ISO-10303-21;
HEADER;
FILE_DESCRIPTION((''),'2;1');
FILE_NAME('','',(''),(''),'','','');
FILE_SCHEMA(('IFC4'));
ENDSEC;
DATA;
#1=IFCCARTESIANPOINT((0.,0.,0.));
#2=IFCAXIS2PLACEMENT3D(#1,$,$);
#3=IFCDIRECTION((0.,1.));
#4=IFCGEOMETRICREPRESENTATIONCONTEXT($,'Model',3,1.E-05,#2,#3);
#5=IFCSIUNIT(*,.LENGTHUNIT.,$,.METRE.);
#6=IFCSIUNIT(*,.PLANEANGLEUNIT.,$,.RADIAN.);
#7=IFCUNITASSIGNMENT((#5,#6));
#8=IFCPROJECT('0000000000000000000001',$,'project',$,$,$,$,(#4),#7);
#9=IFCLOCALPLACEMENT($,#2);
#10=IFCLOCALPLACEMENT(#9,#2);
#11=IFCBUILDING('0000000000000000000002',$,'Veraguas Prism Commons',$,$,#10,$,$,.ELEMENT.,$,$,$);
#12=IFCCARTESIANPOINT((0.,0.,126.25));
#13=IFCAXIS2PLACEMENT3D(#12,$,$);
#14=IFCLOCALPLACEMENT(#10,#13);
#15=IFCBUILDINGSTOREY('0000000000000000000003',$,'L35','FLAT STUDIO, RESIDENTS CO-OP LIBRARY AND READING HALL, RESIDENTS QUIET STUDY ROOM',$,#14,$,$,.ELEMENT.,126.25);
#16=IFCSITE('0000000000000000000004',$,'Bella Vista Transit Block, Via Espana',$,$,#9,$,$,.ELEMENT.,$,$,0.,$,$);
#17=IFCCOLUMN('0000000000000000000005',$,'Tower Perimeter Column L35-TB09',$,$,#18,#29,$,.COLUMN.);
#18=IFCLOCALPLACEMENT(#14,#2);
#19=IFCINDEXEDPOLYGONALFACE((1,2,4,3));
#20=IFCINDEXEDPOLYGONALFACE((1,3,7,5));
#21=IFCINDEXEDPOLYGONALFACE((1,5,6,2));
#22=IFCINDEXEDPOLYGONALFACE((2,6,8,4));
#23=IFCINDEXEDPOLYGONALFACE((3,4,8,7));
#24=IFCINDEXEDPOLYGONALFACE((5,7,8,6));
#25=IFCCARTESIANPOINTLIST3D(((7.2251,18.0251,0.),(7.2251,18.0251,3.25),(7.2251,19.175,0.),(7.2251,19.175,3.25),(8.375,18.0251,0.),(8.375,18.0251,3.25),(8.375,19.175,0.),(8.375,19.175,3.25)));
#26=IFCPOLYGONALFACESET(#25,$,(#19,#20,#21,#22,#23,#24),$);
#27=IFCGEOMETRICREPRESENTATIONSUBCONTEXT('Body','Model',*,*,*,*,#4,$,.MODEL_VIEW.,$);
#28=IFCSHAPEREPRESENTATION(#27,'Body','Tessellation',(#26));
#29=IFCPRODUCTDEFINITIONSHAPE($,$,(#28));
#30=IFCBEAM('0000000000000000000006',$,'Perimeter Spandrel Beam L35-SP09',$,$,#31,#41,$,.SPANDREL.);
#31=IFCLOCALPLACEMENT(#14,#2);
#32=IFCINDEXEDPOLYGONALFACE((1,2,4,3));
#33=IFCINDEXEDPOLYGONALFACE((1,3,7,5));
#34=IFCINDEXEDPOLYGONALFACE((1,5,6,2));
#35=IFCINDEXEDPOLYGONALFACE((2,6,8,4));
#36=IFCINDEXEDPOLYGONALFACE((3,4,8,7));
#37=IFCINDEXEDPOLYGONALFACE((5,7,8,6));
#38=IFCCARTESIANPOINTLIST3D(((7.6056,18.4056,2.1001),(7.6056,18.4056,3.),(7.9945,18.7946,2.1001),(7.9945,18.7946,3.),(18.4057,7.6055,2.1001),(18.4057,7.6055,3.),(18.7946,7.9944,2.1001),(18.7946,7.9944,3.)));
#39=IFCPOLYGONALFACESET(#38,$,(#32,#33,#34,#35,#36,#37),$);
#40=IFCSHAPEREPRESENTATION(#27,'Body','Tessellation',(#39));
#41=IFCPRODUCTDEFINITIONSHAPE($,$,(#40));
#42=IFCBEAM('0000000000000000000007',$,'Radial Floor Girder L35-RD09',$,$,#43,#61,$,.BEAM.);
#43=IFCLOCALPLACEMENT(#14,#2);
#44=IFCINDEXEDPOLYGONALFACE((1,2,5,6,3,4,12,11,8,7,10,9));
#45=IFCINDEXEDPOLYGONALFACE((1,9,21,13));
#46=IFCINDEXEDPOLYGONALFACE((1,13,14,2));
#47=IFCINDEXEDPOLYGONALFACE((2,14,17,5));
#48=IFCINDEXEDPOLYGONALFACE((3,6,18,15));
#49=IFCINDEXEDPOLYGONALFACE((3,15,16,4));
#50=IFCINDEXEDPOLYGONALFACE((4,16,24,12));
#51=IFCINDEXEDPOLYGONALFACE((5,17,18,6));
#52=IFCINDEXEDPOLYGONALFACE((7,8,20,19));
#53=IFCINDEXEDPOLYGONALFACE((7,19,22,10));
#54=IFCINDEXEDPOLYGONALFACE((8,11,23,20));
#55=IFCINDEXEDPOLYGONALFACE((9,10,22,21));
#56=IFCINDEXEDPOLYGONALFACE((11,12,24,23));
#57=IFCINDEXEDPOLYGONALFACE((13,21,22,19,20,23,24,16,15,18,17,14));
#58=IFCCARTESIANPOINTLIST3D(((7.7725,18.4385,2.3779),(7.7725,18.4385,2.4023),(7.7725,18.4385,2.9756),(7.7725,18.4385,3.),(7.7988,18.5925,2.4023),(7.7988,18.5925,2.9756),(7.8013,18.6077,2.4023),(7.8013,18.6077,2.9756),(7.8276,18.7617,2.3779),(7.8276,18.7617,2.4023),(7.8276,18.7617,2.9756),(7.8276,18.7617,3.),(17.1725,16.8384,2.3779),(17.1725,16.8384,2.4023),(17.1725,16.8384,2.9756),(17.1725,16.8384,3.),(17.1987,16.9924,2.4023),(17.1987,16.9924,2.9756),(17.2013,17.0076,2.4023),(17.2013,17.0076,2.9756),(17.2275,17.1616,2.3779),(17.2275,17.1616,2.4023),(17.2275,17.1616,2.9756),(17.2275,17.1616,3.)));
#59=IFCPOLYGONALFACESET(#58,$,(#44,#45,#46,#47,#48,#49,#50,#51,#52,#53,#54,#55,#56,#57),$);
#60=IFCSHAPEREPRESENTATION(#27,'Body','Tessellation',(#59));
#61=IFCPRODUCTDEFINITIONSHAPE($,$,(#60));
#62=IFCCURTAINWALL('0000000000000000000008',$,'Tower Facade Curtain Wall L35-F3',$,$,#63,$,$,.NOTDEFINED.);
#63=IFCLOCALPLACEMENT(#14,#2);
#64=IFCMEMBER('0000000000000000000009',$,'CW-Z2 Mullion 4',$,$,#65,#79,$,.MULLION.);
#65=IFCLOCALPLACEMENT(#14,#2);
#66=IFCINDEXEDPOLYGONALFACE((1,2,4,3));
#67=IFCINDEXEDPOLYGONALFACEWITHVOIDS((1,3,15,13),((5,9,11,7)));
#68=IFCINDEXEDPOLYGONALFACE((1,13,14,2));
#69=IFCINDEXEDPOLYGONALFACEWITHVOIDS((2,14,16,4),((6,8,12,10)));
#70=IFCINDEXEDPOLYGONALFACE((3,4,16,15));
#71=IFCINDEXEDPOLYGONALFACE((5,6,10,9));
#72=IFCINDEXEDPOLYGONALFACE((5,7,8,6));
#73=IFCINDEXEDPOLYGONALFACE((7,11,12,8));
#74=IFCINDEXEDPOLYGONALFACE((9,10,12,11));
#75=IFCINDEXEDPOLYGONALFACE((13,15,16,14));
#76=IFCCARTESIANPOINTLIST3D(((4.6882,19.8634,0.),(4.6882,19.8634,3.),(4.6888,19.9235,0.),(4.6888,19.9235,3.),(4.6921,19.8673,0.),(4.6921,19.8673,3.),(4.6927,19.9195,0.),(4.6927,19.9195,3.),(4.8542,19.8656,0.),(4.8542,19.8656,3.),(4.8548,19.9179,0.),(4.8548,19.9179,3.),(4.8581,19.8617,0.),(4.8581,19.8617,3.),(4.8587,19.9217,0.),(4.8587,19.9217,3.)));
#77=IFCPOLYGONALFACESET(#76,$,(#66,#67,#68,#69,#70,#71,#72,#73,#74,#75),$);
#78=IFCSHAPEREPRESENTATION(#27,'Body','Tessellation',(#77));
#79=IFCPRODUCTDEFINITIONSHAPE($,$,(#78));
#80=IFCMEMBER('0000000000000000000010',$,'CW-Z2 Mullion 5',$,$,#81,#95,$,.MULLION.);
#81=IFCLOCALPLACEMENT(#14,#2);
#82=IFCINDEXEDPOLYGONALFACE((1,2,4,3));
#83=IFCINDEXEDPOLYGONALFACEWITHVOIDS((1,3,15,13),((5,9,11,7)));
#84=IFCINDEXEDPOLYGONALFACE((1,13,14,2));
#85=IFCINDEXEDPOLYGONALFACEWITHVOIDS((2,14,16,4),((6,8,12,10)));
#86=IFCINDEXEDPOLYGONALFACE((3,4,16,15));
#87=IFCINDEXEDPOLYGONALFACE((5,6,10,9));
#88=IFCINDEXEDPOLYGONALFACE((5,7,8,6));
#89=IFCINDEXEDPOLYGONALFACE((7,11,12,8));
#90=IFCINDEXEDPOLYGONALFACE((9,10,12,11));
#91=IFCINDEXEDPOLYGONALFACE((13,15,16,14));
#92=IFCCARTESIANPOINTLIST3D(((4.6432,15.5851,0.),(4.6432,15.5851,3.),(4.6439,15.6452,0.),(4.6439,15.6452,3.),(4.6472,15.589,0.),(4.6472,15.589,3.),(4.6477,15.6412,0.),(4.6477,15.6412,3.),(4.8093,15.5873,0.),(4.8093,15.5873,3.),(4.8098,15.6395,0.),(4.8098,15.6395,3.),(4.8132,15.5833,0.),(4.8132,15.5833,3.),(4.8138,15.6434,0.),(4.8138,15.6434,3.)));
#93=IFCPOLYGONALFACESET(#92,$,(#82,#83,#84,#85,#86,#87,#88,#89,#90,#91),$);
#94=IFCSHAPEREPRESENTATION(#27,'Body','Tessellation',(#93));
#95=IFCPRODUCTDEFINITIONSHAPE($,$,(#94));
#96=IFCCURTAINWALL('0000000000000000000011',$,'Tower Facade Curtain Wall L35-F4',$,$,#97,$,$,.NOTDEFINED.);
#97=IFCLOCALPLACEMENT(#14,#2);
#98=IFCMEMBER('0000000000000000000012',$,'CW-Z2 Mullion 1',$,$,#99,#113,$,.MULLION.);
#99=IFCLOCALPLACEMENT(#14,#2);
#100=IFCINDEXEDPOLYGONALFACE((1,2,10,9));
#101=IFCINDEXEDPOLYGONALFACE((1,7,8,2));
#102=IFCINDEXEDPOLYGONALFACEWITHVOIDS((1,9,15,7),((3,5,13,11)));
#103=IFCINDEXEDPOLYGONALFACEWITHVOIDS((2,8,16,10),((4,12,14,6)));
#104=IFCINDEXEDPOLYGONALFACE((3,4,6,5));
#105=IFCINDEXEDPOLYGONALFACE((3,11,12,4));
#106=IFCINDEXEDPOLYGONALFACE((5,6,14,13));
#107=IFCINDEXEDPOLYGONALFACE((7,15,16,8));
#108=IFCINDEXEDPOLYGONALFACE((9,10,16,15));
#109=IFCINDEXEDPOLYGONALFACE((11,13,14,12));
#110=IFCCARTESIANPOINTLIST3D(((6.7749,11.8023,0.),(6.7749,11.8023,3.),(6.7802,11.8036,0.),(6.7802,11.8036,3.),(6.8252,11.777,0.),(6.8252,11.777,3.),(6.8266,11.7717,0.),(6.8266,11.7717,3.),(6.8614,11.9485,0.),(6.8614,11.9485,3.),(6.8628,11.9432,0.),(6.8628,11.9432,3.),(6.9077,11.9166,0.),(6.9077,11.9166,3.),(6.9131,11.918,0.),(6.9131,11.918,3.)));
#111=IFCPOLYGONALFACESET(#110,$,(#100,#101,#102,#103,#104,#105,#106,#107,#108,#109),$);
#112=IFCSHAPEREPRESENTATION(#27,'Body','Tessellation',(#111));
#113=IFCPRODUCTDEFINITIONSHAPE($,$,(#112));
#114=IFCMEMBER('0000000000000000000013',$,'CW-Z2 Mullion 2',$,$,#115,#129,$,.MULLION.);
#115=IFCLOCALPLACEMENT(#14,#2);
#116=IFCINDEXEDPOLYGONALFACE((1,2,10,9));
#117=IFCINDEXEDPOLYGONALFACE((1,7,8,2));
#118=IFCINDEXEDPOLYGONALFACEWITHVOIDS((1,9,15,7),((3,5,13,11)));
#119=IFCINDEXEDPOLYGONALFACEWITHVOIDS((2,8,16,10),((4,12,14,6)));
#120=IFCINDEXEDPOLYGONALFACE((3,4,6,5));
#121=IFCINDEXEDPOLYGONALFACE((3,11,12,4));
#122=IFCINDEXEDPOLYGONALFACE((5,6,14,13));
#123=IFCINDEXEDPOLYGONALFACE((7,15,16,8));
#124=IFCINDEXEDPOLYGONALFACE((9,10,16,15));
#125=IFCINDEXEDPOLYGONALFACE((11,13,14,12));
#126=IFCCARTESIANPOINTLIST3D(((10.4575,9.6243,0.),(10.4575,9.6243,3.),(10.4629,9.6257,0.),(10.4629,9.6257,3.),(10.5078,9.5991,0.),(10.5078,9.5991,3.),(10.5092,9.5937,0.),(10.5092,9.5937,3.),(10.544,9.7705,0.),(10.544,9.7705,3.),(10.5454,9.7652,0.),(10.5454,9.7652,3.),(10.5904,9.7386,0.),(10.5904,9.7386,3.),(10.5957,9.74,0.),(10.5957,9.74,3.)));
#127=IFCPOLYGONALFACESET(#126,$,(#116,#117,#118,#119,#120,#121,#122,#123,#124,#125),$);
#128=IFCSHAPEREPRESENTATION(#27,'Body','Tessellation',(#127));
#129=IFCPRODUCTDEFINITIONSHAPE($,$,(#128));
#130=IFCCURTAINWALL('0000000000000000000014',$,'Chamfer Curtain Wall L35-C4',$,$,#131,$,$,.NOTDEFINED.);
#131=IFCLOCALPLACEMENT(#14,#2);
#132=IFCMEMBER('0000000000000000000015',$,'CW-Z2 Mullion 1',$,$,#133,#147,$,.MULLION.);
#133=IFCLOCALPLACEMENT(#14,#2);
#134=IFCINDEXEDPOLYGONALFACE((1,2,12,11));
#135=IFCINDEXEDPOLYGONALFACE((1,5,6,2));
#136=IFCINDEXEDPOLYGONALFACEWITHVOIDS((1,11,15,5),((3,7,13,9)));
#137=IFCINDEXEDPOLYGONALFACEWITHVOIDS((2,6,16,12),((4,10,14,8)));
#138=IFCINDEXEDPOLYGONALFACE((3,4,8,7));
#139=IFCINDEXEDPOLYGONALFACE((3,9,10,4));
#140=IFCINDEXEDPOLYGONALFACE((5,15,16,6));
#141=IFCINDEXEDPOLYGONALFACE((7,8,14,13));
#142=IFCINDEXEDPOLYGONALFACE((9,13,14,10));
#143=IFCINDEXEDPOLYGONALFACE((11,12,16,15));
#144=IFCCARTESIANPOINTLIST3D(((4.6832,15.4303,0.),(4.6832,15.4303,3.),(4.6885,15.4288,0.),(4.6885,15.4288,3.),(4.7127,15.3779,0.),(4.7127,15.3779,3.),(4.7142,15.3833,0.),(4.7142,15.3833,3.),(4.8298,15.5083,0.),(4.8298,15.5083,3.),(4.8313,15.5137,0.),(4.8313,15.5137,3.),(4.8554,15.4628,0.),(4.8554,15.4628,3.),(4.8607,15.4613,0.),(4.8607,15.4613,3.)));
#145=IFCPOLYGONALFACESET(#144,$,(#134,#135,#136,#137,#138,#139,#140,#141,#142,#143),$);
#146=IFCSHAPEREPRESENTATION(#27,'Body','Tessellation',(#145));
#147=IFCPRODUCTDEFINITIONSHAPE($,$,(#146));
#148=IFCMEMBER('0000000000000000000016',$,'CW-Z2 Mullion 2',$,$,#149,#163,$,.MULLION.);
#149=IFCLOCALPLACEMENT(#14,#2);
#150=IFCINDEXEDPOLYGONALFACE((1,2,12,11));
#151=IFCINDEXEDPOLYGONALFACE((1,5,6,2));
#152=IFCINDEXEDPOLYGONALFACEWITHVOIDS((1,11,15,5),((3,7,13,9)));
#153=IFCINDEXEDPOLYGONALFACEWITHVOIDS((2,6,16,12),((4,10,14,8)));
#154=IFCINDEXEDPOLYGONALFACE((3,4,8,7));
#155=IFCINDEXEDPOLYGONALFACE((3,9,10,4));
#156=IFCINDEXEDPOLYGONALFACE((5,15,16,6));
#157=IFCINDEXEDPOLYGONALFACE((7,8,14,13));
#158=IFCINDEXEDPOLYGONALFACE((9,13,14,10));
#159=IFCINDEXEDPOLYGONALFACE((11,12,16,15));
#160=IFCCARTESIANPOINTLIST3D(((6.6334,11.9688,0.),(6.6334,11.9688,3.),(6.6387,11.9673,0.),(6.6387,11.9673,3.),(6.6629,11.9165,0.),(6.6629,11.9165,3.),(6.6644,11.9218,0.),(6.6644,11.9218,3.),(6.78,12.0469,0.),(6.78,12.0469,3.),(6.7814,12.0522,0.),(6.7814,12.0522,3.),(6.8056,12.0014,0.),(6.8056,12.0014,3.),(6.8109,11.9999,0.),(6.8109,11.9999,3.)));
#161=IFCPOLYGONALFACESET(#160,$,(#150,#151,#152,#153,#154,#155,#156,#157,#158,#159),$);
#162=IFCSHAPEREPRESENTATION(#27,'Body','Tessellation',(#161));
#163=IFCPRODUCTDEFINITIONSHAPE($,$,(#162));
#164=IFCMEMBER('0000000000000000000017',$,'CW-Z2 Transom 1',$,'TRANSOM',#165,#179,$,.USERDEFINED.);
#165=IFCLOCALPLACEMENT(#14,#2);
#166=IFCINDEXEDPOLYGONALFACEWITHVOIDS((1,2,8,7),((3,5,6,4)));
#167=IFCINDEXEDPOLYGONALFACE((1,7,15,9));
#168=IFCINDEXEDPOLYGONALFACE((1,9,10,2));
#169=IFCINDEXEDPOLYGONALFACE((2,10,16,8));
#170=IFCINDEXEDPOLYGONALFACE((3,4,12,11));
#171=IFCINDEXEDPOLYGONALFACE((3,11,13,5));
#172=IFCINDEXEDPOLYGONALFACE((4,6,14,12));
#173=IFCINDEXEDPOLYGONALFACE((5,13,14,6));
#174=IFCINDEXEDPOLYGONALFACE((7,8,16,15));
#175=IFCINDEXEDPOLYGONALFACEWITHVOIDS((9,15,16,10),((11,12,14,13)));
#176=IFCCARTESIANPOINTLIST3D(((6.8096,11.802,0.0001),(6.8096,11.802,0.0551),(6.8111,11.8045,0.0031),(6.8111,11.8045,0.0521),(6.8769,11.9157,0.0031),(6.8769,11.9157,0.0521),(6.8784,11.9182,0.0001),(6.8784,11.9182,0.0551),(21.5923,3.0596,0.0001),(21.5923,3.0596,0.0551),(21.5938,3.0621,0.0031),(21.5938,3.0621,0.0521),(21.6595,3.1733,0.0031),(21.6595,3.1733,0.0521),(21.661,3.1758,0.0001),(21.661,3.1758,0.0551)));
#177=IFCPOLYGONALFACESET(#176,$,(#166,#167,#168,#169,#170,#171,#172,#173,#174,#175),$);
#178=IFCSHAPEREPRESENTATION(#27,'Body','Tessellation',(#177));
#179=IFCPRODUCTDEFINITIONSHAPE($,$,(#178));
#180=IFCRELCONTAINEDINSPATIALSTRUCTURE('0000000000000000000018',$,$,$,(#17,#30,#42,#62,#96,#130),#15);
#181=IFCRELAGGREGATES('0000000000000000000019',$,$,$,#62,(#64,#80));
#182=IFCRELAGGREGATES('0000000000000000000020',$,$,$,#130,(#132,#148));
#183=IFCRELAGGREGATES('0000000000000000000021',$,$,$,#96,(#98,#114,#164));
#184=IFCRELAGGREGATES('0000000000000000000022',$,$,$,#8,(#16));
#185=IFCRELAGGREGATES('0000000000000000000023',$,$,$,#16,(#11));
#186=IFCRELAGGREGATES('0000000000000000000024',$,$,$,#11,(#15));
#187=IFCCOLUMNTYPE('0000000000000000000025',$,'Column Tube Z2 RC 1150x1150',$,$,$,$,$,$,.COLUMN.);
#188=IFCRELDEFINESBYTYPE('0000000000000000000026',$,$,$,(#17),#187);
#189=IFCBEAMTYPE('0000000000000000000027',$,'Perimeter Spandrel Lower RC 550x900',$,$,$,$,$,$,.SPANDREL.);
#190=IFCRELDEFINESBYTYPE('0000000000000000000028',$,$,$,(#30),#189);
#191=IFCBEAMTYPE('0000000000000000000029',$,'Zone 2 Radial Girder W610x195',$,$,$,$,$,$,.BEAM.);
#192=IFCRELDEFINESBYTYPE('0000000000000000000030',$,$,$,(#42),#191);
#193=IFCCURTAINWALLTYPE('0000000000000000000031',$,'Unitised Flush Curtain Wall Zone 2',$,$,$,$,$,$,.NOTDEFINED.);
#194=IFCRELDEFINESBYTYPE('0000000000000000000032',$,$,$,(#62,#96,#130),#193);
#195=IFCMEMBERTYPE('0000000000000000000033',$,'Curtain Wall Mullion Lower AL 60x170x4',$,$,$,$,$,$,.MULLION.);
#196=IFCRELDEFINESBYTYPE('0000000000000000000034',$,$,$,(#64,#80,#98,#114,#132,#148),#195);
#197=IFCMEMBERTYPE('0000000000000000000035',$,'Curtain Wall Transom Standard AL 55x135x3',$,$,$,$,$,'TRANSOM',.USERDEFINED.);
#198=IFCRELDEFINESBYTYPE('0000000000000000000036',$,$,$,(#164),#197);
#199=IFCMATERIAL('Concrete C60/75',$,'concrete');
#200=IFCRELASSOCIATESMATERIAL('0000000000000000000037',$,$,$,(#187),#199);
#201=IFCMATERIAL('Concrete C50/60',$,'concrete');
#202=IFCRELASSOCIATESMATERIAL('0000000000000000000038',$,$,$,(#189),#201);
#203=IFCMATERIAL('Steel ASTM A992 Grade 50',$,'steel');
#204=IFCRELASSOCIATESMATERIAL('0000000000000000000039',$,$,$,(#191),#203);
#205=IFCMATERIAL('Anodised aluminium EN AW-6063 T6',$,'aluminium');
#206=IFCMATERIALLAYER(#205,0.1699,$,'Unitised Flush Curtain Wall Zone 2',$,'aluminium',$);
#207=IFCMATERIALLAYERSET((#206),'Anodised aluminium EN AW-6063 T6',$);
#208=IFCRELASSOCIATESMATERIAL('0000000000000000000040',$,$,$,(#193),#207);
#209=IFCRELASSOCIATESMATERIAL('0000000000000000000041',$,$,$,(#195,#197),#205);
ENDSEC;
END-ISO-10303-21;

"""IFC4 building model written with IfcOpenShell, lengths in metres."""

from ifc_helpers import new_model, si_unit, direction, frame, origin, origin_2d, place, context, subcontext, project, spatial, rectangle, hollow_rectangle, i_section, extrude, source, transform, mapped, material, layer, layer_set, material_profile, profile_set, type_object, element, aggregate, save


model = new_model("IFC4")

# Units and contexts
model_context = context("Model", 3, precision=1e-05, world=origin(), true_north=direction((0.0, 1.0)))
body_context = subcontext(model_context, "Body", "Model", "MODEL_VIEW")
ifc_project = project(units=[si_unit("LENGTHUNIT", "METRE"), si_unit("PLANEANGLEUNIT", "RADIAN")], contexts=[model_context])

# Site, building, storey
site_placement = place(None, origin())
site = spatial("IfcSite", under=ifc_project, at=site_placement, Name="Bella Vista Transit Block, Via Espana", CompositionType="ELEMENT", RefElevation=0.0)
building_placement = place(site_placement, origin())
building = spatial("IfcBuilding", under=site, at=building_placement, Name="Veraguas Prism Commons", CompositionType="ELEMENT")
storey_placement = place(building_placement, frame((0.0, 0.0, 126.25)))
storey = spatial("IfcBuildingStorey", under=building, at=storey_placement, Name="L35", Description="FLAT STUDIO, RESIDENTS CO-OP LIBRARY AND READING HALL, RESIDENTS QUIET STUDY ROOM", CompositionType="ELEMENT", Elevation=126.25)

# Column
ifc_material_1 = material(Name="Concrete C60/75", Category="concrete")
ifc_material_profile_1 = material_profile(ifc_material_1, rectangle(XDim=1.1499, YDim=1.1499, at=origin_2d()), Name="RC1150X1150")
ifc_profile_set_1 = profile_set([ifc_material_profile_1], Name="Concrete C60/75")
column_type = type_object("IfcColumnType", Name="Column Tube Z2 RC 1150x1150", PredefinedType="COLUMN", material=ifc_profile_set_1)
column_placement = place(storey_placement, frame((7.8, 18.6001, 0.0), z_axis=(0.0, 0.0, 1.0), x_axis=(1.0, 0.0, 0.0)))
element("IfcColumn", 1, at=column_placement, inside=storey, type_object=column_type, Name="Tower Perimeter Column L35-TB09", PredefinedType="COLUMN", context=body_context, shape_type="SweptSolid", body=[
    extrude(rectangle(XDim=1.1499, YDim=1.1499, at=origin_2d()), origin(), (0.0, 0.0, 1.0), 3.25),
])

# Beams
ifc_material_2 = material(Name="Concrete C50/60", Category="concrete")
ifc_material_profile_2 = material_profile(ifc_material_2, rectangle(XDim=0.55, YDim=0.8999, at=origin_2d()), Name="RC550X900")
ifc_profile_set_2 = profile_set([ifc_material_profile_2], Name="Concrete C50/60")
beam_type_1 = type_object("IfcBeamType", Name="Perimeter Spandrel Lower RC 550x900", PredefinedType="SPANDREL", material=ifc_profile_set_2)
beam_1_placement = place(storey_placement, frame((7.8, 18.6001, 2.55), z_axis=(0.707107, -0.707107, 0.0), x_axis=(0.707107, 0.707107, 0.0)))
element("IfcBeam", 2, at=beam_1_placement, inside=storey, type_object=beam_type_1, Name="Perimeter Spandrel Beam L35-SP09", PredefinedType="SPANDREL", context=body_context, shape_type="SweptSolid", body=[
    extrude(rectangle(XDim=0.55, YDim=0.8999, at=origin_2d()), origin(), (0.0, 0.0, 1.0), 15.2737),
])
ifc_material_3 = material(Name="Steel ASTM A992 Grade 50", Category="steel")
ifc_material_profile_3 = material_profile(ifc_material_3, i_section(OverallWidth=0.3279, OverallDepth=0.6221, WebThickness=0.0154, FlangeThickness=0.0244, at=origin_2d()), Name="W610X195")
ifc_profile_set_3 = profile_set([ifc_material_profile_3], Name="Steel ASTM A992 Grade 50")
beam_type_2 = type_object("IfcBeamType", Name="Zone 2 Radial Girder W610x195", PredefinedType="BEAM", material=ifc_profile_set_3)
beam_2_placement = place(storey_placement, frame((7.8, 18.6001, 2.689), z_axis=(0.985819, -0.167811, 0.0), x_axis=(0.167811, 0.985819, 0.0)))
element("IfcBeam", 3, at=beam_2_placement, inside=storey, type_object=beam_type_2, Name="Radial Floor Girder L35-RD09", PredefinedType="BEAM", context=body_context, shape_type="SweptSolid", body=[
    extrude(i_section(OverallWidth=0.3279, OverallDepth=0.6221, WebThickness=0.0154, FlangeThickness=0.0244, at=origin_2d()), origin(), (0.0, 0.0, 1.0), 9.5352),
])

# Curtain walls, members
ifc_material_4 = material(Name="Anodised aluminium EN AW-6063 T6", Category="aluminium")
ifc_layer_1 = layer(ifc_material_4, 0.1699, Name="Unitised Flush Curtain Wall Zone 2", Category="aluminium")
ifc_layer_set_1 = layer_set([ifc_layer_1], Name="Anodised aluminium EN AW-6063 T6")
curtain_wall_type = type_object("IfcCurtainWallType", Name="Unitised Flush Curtain Wall Zone 2", PredefinedType="NOTDEFINED", material=ifc_layer_set_1)
curtain_wall_1_placement = place(storey_placement, origin())
curtain_wall_1 = element("IfcCurtainWall", 4, at=curtain_wall_1_placement, inside=storey, type_object=curtain_wall_type, Name="Tower Facade Curtain Wall L35-F3", PredefinedType="NOTDEFINED")
ifc_material_profile_4 = material_profile(ifc_material_4, hollow_rectangle(XDim=0.0601, YDim=0.1699, WallThickness=0.0039, at=origin_2d()), Name="AL60X170X4")
ifc_profile_set_4 = profile_set([ifc_material_profile_4], Name="Anodised aluminium EN AW-6063 T6")
member_type_1 = type_object("IfcMemberType", Name="Curtain Wall Mullion Lower AL 60x170x4", PredefinedType="MULLION", material=ifc_profile_set_4)
shared_shape_1 = source(origin(), body_context, "Body", "SweptSolid", [
    extrude(hollow_rectangle(XDim=0.0601, YDim=0.1699, WallThickness=0.0039, at=origin_2d()), origin(), (0.0, 0.0, 1.0), 3.0),
])
member_1_placement = place(storey_placement, frame((4.7734, 19.8926, 0.0), z_axis=(0.0, 0.0, 1.0), x_axis=(-0.010479, -0.999945, 0.0)))
member_1 = element("IfcMember", 5, at=member_1_placement, type_object=member_type_1, Name="CW-Z2 Mullion 4", PredefinedType="MULLION", context=body_context, shape_type="MappedRepresentation", body=[
    mapped(shared_shape_1, transform((0.0, 0.0, 0.0), scale=1.0)),
])
member_2_placement = place(storey_placement, frame((4.7285, 15.6143, 0.0), z_axis=(0.0, 0.0, 1.0), x_axis=(-0.010479, -0.999945, 0.0)))
member_2 = element("IfcMember", 6, at=member_2_placement, type_object=member_type_1, Name="CW-Z2 Mullion 5", PredefinedType="MULLION", context=body_context, shape_type="MappedRepresentation", body=[
    mapped(shared_shape_1, transform((0.0, 0.0, 0.0), scale=1.0)),
])
curtain_wall_2_placement = place(storey_placement, origin())
curtain_wall_2 = element("IfcCurtainWall", 7, at=curtain_wall_2_placement, inside=storey, type_object=curtain_wall_type, Name="Tower Facade Curtain Wall L35-F4", PredefinedType="NOTDEFINED")
member_3_placement = place(storey_placement, frame((6.844, 11.8601, 0.0), z_axis=(0.0, 0.0, 1.0), x_axis=(0.860742, -0.509041, 0.0)))
member_3 = element("IfcMember", 8, at=member_3_placement, type_object=member_type_1, Name="CW-Z2 Mullion 1", PredefinedType="MULLION", context=body_context, shape_type="MappedRepresentation", body=[
    mapped(shared_shape_1, transform((0.0, 0.0, 0.0), scale=1.0)),
])
member_4_placement = place(storey_placement, frame((10.5266, 9.6821, 0.0), z_axis=(0.0, 0.0, 1.0), x_axis=(0.860742, -0.509041, 0.0)))
member_4 = element("IfcMember", 9, at=member_4_placement, type_object=member_type_1, Name="CW-Z2 Mullion 2", PredefinedType="MULLION", context=body_context, shape_type="MappedRepresentation", body=[
    mapped(shared_shape_1, transform((0.0, 0.0, 0.0), scale=1.0)),
])
curtain_wall_3_placement = place(storey_placement, origin())
curtain_wall_3 = element("IfcCurtainWall", 10, at=curtain_wall_3_placement, inside=storey, type_object=curtain_wall_type, Name="Chamfer Curtain Wall L35-C4", PredefinedType="NOTDEFINED")
member_5_placement = place(storey_placement, frame((4.772, 15.4458, 0.0), z_axis=(0.0, 0.0, 1.0), x_axis=(0.490892, -0.871221, 0.0)))
member_5 = element("IfcMember", 11, at=member_5_placement, type_object=member_type_1, Name="CW-Z2 Mullion 1", PredefinedType="MULLION", context=body_context, shape_type="MappedRepresentation", body=[
    mapped(shared_shape_1, transform((0.0, 0.0, 0.0), scale=1.0)),
])
member_6_placement = place(storey_placement, frame((6.7222, 11.9844, 0.0), z_axis=(0.0, 0.0, 1.0), x_axis=(0.490892, -0.871221, 0.0)))
member_6 = element("IfcMember", 12, at=member_6_placement, type_object=member_type_1, Name="CW-Z2 Mullion 2", PredefinedType="MULLION", context=body_context, shape_type="MappedRepresentation", body=[
    mapped(shared_shape_1, transform((0.0, 0.0, 0.0), scale=1.0)),
])

# Member
ifc_material_profile_5 = material_profile(ifc_material_4, hollow_rectangle(XDim=0.0549, YDim=0.135, WallThickness=0.0029, at=origin_2d()), Name="AL55X135X3")
ifc_profile_set_5 = profile_set([ifc_material_profile_5], Name="Anodised aluminium EN AW-6063 T6")
member_type_2 = type_object("IfcMemberType", Name="Curtain Wall Transom Standard AL 55x135x3", ElementType="TRANSOM", PredefinedType="USERDEFINED", material=ifc_profile_set_5)
shared_shape_2 = source(origin(), body_context, "Body", "SweptSolid", [
    extrude(hollow_rectangle(XDim=0.0549, YDim=0.135, WallThickness=0.0029, at=origin_2d()), origin(), (0.0, 0.0, 1.0), 17.1743),
])
member_7_placement = place(storey_placement, frame((6.844, 11.8601, 0.0276), z_axis=(0.860743, -0.50904, 0.0), x_axis=(0.0, 0.0, 1.0)))
member_7 = element("IfcMember", 13, at=member_7_placement, type_object=member_type_2, Name="CW-Z2 Transom 1", ObjectType="TRANSOM", PredefinedType="USERDEFINED", context=body_context, shape_type="MappedRepresentation", body=[
    mapped(shared_shape_2, transform((0.0, 0.0, 0.0), scale=1.0)),
])

aggregate(curtain_wall_1, [member_1, member_2])
aggregate(curtain_wall_3, [member_5, member_6])
aggregate(curtain_wall_2, [member_3, member_4, member_7])

save(model, "model.ifc")
